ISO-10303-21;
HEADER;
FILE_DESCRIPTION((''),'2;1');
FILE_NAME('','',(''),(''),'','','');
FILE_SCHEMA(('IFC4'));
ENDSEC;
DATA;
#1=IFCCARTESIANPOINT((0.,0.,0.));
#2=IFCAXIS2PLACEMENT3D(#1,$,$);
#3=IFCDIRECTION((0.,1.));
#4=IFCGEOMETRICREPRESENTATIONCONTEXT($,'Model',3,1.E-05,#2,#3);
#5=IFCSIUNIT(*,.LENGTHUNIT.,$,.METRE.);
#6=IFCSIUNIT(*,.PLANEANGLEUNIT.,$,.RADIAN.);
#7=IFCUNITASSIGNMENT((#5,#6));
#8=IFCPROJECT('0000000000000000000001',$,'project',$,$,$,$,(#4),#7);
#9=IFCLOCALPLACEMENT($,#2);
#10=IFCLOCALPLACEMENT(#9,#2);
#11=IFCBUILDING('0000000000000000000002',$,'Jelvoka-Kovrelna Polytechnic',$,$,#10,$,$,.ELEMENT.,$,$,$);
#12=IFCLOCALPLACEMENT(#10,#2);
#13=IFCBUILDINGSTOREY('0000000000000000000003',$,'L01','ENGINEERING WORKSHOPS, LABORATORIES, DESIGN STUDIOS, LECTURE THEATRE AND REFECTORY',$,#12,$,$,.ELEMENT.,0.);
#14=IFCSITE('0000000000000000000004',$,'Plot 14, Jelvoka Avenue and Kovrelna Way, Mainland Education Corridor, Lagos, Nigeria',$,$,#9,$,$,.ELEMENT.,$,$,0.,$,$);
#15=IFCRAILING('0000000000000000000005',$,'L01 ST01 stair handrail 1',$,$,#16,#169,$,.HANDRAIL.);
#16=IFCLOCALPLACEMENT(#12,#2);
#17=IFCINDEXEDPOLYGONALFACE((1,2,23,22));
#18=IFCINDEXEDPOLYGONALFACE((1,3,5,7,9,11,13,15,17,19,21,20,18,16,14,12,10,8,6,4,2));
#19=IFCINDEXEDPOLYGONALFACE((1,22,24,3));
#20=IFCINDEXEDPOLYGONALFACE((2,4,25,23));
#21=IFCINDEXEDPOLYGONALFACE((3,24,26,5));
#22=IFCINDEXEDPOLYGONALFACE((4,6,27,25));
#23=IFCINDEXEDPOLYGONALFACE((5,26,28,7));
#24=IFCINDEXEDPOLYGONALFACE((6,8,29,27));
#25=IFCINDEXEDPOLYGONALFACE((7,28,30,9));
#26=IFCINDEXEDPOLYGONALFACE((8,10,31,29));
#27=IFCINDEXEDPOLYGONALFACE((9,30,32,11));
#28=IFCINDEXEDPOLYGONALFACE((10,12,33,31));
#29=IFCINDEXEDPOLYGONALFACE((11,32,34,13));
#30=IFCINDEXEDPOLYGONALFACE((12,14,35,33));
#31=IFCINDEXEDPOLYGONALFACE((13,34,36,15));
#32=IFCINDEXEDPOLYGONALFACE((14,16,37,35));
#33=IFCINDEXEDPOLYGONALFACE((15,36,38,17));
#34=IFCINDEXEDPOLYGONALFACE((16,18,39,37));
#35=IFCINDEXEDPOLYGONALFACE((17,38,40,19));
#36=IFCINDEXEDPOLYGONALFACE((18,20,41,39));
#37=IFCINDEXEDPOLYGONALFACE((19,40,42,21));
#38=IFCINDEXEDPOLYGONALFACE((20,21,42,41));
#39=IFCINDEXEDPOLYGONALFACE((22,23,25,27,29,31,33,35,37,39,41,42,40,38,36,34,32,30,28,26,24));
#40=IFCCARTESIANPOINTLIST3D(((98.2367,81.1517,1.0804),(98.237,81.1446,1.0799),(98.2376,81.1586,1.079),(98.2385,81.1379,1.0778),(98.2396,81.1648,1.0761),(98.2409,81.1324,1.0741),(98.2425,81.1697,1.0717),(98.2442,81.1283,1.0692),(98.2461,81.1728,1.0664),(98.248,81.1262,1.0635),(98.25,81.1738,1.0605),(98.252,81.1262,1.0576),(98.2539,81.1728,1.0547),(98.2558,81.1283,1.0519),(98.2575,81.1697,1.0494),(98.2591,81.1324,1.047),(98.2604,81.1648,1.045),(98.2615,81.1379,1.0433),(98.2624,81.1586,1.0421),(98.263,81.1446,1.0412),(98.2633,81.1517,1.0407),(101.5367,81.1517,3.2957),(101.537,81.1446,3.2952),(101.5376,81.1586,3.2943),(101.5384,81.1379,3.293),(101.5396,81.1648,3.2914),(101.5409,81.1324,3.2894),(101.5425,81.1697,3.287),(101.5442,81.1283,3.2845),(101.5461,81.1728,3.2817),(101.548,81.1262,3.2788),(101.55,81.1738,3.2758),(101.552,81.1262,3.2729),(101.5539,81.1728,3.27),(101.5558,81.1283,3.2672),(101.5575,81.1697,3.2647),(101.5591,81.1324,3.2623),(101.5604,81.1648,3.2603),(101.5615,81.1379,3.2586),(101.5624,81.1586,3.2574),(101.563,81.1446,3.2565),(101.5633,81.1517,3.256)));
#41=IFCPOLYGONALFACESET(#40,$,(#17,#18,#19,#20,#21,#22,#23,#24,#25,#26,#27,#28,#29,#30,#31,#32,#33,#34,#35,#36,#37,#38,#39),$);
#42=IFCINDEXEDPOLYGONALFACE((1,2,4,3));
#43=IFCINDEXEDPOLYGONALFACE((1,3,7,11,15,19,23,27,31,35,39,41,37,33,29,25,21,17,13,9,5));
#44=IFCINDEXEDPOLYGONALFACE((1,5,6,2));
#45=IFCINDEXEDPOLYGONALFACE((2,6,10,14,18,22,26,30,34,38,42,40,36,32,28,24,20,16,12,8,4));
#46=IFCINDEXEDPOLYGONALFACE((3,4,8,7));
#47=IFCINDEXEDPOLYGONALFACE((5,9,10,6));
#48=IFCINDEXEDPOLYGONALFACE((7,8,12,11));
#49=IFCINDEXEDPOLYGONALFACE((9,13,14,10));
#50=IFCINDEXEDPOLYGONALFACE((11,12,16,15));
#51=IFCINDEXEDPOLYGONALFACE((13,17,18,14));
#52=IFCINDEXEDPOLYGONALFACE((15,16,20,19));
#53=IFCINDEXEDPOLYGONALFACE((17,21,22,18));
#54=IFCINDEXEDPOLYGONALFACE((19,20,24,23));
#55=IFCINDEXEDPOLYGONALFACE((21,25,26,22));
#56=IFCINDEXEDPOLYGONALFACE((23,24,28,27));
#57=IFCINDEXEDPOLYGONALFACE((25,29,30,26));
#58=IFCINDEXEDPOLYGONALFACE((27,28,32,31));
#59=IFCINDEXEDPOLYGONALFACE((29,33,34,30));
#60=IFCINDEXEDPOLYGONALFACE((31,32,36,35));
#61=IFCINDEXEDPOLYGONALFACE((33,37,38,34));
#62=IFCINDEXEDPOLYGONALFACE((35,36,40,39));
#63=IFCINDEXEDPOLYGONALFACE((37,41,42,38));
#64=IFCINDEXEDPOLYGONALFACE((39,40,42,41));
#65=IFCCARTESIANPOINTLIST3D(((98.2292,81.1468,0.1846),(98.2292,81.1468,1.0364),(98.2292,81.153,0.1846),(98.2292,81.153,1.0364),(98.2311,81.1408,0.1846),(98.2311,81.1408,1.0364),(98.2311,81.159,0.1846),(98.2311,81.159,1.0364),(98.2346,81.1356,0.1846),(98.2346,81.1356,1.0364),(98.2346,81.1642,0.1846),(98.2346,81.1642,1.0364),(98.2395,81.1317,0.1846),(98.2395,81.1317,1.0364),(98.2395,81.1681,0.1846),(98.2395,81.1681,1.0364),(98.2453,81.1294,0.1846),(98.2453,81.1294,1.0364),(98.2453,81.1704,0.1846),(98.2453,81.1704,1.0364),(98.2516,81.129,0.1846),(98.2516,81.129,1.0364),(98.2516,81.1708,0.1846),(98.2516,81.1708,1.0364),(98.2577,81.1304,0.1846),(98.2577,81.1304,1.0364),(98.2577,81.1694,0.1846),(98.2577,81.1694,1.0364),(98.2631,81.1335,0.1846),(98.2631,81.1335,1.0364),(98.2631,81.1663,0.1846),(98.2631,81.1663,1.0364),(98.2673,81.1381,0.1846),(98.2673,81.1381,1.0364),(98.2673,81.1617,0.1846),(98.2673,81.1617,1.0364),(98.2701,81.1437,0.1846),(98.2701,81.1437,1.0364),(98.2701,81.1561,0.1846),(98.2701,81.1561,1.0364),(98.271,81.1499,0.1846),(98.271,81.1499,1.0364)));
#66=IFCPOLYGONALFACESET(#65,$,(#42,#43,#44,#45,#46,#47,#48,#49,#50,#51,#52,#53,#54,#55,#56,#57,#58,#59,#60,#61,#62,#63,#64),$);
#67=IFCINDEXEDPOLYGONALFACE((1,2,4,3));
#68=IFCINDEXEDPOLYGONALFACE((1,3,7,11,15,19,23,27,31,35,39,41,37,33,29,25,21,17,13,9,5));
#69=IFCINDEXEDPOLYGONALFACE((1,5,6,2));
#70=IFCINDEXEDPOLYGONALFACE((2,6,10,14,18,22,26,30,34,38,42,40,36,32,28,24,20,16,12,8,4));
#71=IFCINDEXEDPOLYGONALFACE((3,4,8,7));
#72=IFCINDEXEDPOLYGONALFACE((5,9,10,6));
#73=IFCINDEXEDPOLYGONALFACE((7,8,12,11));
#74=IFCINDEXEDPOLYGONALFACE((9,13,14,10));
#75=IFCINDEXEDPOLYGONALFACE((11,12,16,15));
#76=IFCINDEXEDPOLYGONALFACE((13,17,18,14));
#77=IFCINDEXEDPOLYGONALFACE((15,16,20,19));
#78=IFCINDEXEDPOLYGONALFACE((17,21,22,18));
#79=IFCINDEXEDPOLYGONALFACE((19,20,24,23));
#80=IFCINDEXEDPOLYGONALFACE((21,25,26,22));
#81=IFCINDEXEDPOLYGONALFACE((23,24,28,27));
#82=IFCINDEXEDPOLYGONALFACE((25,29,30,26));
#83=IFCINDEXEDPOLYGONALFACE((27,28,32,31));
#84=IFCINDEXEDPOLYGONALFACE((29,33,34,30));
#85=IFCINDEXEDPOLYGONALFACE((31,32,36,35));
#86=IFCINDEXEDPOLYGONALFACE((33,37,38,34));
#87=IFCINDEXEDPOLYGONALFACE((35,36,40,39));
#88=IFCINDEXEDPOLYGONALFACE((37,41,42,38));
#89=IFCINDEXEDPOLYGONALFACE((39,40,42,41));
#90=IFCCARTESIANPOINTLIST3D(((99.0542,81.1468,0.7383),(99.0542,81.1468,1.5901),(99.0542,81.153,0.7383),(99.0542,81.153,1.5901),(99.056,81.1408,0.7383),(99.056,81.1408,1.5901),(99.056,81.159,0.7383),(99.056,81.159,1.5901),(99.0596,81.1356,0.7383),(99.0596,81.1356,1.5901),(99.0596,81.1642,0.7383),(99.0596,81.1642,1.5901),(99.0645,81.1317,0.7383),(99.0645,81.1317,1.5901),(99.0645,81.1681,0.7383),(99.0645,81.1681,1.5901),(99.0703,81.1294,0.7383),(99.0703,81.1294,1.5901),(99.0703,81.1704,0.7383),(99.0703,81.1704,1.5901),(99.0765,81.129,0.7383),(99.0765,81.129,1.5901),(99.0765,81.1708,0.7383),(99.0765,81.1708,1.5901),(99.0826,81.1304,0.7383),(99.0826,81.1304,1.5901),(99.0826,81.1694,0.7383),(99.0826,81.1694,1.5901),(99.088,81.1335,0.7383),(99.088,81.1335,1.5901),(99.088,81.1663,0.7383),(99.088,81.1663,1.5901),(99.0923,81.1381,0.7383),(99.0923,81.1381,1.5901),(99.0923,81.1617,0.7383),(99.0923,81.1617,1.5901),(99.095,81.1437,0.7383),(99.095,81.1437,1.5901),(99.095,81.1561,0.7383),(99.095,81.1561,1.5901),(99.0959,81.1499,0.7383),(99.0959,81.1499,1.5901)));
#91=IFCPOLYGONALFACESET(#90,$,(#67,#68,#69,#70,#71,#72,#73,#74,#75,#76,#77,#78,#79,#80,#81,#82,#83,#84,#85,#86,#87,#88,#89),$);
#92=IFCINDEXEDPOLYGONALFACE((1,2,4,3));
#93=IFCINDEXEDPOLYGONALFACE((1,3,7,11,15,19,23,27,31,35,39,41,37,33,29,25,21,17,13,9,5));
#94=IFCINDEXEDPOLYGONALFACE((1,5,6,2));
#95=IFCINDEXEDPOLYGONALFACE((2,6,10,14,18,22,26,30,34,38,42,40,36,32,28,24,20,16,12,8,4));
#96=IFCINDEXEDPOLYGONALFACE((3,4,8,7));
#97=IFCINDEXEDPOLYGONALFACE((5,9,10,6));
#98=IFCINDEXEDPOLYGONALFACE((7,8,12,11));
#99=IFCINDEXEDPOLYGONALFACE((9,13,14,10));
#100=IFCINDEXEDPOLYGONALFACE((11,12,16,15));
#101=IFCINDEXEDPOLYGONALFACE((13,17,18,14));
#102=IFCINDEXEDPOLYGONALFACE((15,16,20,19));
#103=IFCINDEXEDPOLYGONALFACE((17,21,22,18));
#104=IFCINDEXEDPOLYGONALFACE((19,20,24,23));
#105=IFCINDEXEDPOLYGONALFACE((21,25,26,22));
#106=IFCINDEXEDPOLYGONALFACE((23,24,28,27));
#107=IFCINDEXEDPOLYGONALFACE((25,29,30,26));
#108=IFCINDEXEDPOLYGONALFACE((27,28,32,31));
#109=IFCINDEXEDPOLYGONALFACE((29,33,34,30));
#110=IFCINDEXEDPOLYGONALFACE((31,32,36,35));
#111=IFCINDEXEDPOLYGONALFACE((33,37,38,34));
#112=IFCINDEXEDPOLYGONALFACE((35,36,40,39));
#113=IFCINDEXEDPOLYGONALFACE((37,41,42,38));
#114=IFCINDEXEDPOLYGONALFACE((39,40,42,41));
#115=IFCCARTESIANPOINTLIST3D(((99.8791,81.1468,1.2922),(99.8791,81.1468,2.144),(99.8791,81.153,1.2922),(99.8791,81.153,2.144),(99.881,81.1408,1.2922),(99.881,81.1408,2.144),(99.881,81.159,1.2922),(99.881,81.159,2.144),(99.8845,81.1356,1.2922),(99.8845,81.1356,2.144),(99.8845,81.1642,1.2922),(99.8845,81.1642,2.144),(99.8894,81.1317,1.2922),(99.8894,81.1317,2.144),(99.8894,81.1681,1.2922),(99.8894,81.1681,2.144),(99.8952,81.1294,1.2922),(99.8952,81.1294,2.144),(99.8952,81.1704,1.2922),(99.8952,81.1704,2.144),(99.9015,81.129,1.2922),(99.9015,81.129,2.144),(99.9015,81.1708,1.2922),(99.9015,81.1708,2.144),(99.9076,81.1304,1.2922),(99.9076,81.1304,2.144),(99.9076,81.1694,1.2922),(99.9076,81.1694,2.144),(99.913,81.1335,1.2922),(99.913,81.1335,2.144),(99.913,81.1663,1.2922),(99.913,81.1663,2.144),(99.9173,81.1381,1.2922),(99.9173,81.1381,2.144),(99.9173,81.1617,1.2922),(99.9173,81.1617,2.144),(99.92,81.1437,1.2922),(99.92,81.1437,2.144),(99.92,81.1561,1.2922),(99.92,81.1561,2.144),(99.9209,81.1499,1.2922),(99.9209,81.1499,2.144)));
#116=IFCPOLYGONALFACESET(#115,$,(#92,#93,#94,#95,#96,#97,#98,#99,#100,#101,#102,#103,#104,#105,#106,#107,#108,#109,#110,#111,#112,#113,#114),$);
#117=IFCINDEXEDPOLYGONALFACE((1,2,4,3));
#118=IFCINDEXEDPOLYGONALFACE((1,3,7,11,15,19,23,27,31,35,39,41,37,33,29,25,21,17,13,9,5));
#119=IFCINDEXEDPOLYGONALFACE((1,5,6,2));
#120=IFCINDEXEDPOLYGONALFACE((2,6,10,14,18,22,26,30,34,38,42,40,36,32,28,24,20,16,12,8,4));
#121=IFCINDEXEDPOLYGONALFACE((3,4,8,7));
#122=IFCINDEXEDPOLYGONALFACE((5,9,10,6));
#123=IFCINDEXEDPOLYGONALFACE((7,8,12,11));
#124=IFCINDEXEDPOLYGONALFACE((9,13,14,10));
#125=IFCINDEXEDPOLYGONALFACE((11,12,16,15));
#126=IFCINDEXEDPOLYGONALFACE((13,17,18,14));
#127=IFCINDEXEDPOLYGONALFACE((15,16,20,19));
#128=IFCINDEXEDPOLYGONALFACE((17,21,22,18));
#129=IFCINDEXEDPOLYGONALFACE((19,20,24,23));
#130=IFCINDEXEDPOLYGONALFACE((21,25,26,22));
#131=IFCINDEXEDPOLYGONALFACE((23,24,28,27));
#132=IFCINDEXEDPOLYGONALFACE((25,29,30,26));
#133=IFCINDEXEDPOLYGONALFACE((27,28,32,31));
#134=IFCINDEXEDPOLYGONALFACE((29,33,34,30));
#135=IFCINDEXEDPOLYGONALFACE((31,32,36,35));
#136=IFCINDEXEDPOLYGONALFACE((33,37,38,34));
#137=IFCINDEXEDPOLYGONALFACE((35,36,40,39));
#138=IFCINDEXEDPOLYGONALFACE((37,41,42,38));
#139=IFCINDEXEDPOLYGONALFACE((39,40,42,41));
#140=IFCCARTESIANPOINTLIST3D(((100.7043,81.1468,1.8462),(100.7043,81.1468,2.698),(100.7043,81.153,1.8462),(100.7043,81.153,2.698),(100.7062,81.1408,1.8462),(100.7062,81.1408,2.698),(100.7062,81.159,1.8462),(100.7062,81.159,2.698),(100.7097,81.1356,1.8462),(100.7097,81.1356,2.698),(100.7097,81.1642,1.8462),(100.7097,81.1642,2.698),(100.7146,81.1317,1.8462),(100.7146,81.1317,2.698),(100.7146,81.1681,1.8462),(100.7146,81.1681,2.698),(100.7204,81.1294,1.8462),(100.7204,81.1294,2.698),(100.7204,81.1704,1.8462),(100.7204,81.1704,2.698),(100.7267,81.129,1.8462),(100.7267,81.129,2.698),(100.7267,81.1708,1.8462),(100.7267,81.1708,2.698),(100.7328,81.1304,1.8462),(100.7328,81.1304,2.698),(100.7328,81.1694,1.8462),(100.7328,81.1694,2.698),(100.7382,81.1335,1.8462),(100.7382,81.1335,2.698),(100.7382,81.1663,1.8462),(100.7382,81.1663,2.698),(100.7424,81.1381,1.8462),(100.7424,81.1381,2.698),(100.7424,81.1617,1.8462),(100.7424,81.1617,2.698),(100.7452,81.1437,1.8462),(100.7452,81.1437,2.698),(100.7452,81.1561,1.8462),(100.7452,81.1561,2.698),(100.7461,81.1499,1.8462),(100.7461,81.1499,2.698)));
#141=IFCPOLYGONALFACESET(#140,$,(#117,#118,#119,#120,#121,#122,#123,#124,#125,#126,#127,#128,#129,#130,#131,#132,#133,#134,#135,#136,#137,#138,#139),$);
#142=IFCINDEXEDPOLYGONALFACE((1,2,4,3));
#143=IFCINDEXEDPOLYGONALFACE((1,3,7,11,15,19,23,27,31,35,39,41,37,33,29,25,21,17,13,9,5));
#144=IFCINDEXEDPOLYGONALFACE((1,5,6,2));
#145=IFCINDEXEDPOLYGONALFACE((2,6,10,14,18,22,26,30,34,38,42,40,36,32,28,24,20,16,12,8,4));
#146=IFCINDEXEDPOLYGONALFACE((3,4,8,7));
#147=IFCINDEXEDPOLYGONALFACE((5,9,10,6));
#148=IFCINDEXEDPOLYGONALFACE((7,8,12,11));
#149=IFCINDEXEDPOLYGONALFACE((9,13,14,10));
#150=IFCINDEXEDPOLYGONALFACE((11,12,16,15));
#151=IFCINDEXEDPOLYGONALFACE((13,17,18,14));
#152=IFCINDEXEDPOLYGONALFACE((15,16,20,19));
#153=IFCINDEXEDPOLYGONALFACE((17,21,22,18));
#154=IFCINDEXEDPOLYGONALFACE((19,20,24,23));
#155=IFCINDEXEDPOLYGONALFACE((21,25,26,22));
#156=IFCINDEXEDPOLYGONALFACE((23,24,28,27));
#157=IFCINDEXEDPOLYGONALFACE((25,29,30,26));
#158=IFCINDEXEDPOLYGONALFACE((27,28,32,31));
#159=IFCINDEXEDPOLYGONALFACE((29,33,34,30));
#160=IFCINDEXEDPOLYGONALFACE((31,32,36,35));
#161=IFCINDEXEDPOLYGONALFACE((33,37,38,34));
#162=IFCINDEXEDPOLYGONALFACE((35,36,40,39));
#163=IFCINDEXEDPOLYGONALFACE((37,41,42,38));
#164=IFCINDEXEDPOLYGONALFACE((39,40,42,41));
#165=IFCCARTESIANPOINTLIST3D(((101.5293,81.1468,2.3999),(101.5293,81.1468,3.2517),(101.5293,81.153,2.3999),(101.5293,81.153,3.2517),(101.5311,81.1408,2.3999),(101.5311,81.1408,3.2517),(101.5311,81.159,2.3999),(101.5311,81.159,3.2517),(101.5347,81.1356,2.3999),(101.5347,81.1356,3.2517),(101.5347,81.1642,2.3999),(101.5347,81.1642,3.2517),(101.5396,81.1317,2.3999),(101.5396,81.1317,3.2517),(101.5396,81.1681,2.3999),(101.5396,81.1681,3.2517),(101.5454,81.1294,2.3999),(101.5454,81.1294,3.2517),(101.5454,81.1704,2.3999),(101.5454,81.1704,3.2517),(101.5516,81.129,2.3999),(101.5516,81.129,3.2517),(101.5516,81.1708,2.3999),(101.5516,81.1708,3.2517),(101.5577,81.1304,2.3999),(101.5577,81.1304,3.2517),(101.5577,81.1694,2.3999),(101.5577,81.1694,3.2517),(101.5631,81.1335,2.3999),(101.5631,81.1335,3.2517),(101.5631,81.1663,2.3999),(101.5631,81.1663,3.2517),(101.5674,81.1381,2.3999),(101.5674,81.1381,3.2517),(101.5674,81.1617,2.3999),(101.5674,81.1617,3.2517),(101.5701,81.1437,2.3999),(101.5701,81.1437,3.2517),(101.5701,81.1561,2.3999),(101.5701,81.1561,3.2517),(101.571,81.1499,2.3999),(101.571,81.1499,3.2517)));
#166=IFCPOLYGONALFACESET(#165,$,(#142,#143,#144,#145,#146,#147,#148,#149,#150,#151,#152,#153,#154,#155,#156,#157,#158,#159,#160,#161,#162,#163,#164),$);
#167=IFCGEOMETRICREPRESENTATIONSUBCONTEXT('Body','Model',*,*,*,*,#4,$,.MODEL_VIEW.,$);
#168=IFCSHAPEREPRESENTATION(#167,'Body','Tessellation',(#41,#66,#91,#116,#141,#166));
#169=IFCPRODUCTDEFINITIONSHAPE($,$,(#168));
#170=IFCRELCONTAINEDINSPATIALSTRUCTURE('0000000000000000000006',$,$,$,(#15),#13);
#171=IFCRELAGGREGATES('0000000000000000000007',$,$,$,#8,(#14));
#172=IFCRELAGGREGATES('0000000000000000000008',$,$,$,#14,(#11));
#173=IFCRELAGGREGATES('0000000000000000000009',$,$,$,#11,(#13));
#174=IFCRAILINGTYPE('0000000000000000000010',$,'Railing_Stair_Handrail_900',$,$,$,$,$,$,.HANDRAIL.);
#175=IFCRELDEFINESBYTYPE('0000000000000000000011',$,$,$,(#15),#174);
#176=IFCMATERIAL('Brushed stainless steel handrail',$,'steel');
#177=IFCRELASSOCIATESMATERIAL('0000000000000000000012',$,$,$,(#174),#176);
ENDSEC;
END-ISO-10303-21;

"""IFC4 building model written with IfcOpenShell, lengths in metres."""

from ifc_helpers import new_model, si_unit, direction, frame, origin, origin_2d, place, context, subcontext, project, spatial, circle, extrude, material, type_object, element, save


model = new_model("IFC4")

# Units and contexts
model_context = context("Model", 3, precision=1e-05, world=origin(), true_north=direction((0.0, 1.0)))
body_context = subcontext(model_context, "Body", "Model", "MODEL_VIEW")
ifc_project = project(units=[si_unit("LENGTHUNIT", "METRE"), si_unit("PLANEANGLEUNIT", "RADIAN")], contexts=[model_context])

# Site, building, storey
site_placement = place(None, origin())
site = spatial("IfcSite", under=ifc_project, at=site_placement, Name="Plot 14, Jelvoka Avenue and Kovrelna Way, Mainland Education Corridor, Lagos, Nigeria", CompositionType="ELEMENT", RefElevation=0.0)
building_placement = place(site_placement, origin())
building = spatial("IfcBuilding", under=site, at=building_placement, Name="Jelvoka-Kovrelna Polytechnic", CompositionType="ELEMENT")
storey_placement = place(building_placement, origin())
storey = spatial("IfcBuildingStorey", under=building, at=storey_placement, Name="L01", Description="ENGINEERING WORKSHOPS, LABORATORIES, DESIGN STUDIOS, LECTURE THEATRE AND REFECTORY", CompositionType="ELEMENT", Elevation=0.0)

# Railing
ifc_material_1 = material(Name="Brushed stainless steel handrail", Category="steel")
railing_type = type_object("IfcRailingType", Name="Railing_Stair_Handrail_900", PredefinedType="HANDRAIL", material=ifc_material_1)
railing_placement = place(storey_placement, frame((98.25, 81.1499, 0.1846)))
element("IfcRailing", 1, at=railing_placement, inside=storey, type_object=railing_type, Name="L01 ST01 stair handrail 1", PredefinedType="HANDRAIL", context=body_context, shape_type="SweptSolid", body=[
    extrude(circle(Radius=0.0239, at=origin_2d()), frame((0.0, 0.0, 0.876), z_axis=(0.830269, 0.0, 0.557362), x_axis=(0.0, 1.0, 0.0)), (0.0, 0.0, 1.0), 3.9746),
    extrude(circle(Radius=0.021, at=origin_2d()), origin(), (0.0, 0.0, 1.0), 0.8518),
    extrude(circle(Radius=0.021, at=origin_2d()), frame((0.825, 0.0, 0.5537)), (0.0, 0.0, 1.0), 0.8518),
    extrude(circle(Radius=0.021, at=origin_2d()), frame((1.6499, 0.0, 1.1077)), (0.0, 0.0, 1.0), 0.8518),
    extrude(circle(Radius=0.021, at=origin_2d()), frame((2.4751, 0.0, 1.6616)), (0.0, 0.0, 1.0), 0.8518),
    extrude(circle(Radius=0.021, at=origin_2d()), frame((3.3, 0.0, 2.2153)), (0.0, 0.0, 1.0), 0.8518),
])

save(model, "model.ifc")
